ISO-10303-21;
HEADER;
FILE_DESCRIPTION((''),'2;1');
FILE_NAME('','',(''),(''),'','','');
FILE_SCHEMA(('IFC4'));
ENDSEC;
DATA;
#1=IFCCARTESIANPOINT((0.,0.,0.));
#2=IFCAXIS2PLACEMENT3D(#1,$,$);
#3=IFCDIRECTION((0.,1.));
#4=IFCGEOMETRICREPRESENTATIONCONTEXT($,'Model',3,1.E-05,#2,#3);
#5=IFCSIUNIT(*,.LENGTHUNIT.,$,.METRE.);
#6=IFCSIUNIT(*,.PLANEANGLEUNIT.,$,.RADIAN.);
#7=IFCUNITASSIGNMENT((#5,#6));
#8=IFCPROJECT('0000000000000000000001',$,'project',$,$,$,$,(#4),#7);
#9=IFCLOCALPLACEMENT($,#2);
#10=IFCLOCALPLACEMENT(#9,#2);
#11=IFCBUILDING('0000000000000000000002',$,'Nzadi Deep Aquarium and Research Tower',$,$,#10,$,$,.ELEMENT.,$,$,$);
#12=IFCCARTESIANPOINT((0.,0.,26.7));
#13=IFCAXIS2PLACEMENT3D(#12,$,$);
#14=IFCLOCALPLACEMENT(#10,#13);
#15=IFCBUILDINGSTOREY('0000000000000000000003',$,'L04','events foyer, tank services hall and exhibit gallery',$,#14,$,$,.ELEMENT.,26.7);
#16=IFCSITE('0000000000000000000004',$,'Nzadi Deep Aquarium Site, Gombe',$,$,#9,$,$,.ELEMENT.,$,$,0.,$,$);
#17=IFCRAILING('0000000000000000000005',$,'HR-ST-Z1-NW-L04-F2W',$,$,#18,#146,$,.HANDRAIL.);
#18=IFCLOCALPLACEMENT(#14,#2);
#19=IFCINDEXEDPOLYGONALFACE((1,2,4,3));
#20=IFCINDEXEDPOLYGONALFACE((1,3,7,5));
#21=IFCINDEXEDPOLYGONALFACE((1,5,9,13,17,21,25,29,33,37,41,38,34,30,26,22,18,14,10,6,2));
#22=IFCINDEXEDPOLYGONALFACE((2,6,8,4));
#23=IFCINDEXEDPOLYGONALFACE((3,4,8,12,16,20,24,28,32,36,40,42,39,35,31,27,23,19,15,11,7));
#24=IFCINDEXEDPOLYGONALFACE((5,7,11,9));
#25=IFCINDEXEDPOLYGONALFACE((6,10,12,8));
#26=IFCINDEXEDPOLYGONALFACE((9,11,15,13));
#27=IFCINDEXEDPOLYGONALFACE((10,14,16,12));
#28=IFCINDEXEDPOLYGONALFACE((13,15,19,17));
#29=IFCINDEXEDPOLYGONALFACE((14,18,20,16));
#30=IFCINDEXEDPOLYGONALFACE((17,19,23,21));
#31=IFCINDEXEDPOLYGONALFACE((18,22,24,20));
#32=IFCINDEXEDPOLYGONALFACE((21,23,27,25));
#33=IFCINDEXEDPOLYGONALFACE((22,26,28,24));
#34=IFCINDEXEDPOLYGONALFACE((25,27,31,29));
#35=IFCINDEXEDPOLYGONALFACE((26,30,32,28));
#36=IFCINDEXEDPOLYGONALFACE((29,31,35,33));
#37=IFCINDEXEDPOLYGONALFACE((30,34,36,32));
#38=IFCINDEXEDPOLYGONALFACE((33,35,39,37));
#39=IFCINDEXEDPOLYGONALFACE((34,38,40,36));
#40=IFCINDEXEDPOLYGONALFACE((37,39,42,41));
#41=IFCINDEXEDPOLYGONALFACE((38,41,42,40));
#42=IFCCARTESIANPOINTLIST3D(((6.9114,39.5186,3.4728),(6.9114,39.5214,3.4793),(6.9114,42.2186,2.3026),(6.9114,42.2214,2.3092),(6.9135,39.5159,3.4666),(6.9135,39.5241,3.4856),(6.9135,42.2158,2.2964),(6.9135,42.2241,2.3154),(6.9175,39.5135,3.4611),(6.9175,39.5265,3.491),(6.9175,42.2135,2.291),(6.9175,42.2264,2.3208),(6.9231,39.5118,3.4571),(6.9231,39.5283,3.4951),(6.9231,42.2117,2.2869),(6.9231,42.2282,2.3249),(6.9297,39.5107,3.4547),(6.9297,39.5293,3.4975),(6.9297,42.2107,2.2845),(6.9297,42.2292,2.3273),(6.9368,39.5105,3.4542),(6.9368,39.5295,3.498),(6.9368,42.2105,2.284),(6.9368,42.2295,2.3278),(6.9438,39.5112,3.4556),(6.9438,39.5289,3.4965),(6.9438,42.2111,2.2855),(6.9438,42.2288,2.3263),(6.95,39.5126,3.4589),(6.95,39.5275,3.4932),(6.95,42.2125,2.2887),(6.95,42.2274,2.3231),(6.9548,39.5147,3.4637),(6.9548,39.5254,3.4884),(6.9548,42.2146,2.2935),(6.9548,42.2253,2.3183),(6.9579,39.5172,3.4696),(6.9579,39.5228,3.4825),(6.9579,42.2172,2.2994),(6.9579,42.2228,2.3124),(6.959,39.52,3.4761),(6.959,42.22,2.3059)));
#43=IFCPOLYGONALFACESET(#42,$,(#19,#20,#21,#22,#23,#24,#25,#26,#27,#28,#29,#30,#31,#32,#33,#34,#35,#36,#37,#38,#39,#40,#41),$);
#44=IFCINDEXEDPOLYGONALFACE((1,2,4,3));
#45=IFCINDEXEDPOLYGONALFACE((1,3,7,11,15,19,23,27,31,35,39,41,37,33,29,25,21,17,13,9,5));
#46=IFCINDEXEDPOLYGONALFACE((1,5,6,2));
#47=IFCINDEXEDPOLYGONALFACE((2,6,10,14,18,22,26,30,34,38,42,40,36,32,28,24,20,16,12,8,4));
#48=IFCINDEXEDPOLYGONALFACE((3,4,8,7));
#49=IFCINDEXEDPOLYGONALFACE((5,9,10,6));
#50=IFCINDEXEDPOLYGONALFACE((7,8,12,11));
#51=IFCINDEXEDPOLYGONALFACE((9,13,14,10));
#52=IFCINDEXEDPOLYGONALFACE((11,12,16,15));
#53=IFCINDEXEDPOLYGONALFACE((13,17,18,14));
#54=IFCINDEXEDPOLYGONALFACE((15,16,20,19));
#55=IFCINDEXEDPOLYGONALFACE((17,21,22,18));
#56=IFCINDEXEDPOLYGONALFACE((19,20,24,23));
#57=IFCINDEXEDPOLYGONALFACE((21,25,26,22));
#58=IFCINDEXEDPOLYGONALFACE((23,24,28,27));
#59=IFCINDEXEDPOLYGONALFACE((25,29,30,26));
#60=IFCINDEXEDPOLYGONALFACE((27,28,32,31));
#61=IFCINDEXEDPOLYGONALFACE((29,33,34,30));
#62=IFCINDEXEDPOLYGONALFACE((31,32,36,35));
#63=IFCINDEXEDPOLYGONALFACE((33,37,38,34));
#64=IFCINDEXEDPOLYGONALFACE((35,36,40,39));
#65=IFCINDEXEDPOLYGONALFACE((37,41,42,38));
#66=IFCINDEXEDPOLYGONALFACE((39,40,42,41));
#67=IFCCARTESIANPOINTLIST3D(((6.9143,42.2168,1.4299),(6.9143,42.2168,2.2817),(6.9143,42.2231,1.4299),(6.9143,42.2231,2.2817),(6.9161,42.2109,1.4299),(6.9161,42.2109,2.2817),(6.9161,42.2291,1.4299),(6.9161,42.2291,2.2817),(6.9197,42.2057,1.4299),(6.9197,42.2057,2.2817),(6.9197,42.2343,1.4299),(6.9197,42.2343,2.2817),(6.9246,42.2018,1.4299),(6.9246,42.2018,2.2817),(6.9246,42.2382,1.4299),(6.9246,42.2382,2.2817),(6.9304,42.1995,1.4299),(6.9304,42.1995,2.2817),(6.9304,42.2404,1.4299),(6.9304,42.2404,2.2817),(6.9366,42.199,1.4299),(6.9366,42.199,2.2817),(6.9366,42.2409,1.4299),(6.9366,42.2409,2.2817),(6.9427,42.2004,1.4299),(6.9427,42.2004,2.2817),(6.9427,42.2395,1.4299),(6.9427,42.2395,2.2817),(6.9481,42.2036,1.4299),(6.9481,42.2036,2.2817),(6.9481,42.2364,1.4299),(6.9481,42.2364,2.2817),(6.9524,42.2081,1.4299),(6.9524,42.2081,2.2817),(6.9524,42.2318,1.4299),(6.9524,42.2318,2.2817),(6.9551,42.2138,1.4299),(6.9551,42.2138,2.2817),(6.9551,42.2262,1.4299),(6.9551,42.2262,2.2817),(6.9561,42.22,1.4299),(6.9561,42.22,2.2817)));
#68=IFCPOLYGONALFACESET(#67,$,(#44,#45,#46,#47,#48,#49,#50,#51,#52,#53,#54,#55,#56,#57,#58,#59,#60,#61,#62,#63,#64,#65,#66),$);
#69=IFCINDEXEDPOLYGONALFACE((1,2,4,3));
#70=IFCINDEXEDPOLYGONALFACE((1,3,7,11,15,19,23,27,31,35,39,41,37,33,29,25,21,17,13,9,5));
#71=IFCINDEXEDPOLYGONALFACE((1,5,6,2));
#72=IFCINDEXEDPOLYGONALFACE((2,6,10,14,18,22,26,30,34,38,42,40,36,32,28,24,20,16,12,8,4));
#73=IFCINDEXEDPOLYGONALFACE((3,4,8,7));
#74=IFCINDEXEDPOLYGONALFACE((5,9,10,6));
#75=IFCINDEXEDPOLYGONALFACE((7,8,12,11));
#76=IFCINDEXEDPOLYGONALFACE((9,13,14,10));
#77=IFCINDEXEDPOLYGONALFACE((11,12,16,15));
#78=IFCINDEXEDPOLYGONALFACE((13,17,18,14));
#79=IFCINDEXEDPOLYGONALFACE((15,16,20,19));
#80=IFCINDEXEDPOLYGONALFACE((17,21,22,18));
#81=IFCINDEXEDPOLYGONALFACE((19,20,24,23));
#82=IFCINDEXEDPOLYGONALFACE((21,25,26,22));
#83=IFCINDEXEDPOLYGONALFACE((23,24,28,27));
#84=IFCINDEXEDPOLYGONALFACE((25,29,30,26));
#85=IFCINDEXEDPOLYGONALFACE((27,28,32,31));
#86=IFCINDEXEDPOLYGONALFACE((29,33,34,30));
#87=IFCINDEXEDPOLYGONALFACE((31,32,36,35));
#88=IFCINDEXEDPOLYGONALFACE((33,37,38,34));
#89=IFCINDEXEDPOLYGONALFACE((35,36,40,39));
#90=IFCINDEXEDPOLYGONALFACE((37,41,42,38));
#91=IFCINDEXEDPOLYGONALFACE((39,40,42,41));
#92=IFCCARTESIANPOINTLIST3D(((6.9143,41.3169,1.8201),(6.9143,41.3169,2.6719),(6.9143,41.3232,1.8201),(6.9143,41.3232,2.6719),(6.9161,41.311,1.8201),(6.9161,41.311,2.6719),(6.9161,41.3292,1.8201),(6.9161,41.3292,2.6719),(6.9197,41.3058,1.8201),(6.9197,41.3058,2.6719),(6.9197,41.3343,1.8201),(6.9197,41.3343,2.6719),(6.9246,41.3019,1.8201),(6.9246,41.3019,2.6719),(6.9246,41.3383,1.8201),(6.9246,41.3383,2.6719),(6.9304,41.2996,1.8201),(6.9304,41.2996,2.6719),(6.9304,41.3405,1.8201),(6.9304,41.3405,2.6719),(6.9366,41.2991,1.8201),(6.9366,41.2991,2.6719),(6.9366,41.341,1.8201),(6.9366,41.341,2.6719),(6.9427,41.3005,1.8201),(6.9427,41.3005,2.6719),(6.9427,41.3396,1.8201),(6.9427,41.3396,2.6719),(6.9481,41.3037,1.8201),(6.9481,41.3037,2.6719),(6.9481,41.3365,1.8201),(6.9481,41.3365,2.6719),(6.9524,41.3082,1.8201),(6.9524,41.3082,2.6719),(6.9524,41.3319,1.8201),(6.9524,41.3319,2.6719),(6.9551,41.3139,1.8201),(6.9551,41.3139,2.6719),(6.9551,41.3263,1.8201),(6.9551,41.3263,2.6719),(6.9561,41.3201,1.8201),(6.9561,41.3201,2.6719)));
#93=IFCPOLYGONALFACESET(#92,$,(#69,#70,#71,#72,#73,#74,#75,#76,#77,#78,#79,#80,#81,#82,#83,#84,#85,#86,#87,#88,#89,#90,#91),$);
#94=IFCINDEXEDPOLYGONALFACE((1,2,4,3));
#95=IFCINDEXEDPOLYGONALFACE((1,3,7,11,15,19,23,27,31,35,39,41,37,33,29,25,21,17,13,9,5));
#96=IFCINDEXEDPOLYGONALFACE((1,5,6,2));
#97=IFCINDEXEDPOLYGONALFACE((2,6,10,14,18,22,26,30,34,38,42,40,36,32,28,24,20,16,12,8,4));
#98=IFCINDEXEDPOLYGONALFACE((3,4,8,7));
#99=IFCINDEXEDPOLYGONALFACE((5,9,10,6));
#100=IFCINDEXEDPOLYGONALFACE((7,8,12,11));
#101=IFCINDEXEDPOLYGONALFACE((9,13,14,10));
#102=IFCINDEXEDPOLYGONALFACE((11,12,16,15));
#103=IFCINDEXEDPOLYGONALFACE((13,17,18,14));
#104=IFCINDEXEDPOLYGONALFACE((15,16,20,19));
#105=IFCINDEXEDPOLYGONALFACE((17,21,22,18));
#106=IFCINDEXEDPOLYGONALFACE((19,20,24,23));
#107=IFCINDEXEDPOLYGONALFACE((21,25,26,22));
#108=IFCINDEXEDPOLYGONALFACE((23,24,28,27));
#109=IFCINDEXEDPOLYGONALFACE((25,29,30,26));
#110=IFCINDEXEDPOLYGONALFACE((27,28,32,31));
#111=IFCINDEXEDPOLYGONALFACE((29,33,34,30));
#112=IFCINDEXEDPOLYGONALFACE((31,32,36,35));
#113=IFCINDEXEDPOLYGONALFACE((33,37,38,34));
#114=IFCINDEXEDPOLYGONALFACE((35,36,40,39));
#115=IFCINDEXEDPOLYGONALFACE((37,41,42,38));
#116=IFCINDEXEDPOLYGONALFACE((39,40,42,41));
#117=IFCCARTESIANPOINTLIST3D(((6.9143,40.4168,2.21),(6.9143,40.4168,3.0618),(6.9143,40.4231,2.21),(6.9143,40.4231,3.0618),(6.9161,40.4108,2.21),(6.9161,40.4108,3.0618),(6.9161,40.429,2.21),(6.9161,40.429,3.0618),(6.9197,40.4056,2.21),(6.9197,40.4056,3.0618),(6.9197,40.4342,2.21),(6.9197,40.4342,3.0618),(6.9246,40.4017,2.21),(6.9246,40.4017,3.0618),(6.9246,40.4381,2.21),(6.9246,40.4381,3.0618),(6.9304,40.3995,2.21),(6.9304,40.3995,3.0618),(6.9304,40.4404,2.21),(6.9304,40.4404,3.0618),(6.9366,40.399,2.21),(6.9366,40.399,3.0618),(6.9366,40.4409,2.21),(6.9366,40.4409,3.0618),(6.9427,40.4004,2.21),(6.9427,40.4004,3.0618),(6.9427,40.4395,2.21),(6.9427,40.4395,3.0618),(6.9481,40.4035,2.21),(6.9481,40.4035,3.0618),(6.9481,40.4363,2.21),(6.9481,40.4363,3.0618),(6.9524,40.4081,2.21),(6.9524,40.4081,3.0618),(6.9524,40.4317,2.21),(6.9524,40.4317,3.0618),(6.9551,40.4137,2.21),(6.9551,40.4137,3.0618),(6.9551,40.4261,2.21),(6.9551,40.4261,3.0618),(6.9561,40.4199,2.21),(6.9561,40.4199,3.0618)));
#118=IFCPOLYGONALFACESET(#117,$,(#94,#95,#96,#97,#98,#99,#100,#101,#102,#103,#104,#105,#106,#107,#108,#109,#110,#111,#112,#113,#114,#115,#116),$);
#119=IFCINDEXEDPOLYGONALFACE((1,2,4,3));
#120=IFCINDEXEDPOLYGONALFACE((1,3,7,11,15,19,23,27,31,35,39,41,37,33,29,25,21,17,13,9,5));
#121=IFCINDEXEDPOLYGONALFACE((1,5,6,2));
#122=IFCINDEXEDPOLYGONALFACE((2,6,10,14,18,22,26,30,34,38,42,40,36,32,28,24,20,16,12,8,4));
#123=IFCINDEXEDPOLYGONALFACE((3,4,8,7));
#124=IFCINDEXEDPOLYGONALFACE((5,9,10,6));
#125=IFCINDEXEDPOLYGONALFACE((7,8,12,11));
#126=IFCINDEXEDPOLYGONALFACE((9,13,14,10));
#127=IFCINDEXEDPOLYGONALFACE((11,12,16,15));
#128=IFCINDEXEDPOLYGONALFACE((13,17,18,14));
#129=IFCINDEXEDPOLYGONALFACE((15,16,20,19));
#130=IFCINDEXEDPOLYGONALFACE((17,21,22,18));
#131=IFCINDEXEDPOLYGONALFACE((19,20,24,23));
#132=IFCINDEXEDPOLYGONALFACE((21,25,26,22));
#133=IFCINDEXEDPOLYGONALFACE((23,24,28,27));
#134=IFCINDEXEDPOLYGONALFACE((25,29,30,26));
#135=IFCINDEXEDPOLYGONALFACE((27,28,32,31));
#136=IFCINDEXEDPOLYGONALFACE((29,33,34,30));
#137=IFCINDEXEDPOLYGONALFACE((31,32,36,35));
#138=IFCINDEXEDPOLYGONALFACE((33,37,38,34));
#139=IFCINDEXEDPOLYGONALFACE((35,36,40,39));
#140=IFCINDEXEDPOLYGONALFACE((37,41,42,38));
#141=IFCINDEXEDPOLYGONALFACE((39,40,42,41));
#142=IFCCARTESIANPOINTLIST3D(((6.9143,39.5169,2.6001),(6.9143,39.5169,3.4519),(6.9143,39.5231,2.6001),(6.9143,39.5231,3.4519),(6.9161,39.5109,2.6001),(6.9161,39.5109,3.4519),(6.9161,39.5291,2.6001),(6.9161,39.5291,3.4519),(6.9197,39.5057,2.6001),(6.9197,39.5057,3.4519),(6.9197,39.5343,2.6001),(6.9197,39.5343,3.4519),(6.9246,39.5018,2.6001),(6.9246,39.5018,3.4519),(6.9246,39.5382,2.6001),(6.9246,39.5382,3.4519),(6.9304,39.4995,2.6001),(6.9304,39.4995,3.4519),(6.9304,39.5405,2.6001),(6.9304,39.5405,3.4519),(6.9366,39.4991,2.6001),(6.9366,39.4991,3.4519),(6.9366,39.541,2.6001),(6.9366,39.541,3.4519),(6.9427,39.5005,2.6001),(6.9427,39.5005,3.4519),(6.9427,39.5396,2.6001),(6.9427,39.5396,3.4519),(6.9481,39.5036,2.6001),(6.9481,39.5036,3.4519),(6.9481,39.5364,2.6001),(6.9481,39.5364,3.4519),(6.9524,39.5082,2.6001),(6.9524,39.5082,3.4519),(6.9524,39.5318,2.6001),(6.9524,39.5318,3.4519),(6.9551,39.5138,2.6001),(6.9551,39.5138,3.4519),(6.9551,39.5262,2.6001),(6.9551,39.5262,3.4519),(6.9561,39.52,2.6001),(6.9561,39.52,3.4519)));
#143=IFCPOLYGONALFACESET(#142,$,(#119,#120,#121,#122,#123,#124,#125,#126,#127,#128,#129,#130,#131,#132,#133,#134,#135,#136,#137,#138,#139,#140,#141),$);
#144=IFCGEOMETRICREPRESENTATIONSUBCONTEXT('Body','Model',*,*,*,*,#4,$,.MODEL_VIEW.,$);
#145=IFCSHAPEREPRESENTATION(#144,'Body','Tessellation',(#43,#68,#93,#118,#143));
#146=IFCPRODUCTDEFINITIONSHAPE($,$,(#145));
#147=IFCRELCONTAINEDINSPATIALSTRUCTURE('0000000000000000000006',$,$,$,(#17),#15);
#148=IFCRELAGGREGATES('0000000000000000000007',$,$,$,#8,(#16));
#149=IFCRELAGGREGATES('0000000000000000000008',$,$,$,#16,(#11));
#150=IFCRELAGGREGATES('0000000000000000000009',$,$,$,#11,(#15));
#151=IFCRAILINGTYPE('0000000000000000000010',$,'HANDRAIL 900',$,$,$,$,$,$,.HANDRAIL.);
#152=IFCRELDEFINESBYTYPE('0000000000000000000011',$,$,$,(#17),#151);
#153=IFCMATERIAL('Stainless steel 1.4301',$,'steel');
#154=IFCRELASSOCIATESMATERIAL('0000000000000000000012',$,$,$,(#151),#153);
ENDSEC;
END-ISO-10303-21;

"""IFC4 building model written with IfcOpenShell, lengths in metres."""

from ifc_helpers import new_model, si_unit, direction, frame, origin, origin_2d, place, context, subcontext, project, spatial, circle, extrude, material, type_object, element, save


model = new_model("IFC4")

# Units and contexts
model_context = context("Model", 3, precision=1e-05, world=origin(), true_north=direction((0.0, 1.0)))
body_context = subcontext(model_context, "Body", "Model", "MODEL_VIEW")
ifc_project = project(units=[si_unit("LENGTHUNIT", "METRE"), si_unit("PLANEANGLEUNIT", "RADIAN")], contexts=[model_context])

# Site, building, storey
site_placement = place(None, origin())
site = spatial("IfcSite", under=ifc_project, at=site_placement, Name="Nzadi Deep Aquarium Site, Gombe", CompositionType="ELEMENT", RefElevation=0.0)
building_placement = place(site_placement, origin())
building = spatial("IfcBuilding", under=site, at=building_placement, Name="Nzadi Deep Aquarium and Research Tower", CompositionType="ELEMENT")
storey_placement = place(building_placement, frame((0.0, 0.0, 26.7)))
storey = spatial("IfcBuildingStorey", under=building, at=storey_placement, Name="L04", Description="events foyer, tank services hall and exhibit gallery", CompositionType="ELEMENT", Elevation=26.7)

# Railing
ifc_material_1 = material(Name="Stainless steel 1.4301", Category="steel")
railing_type = type_object("IfcRailingType", Name="HANDRAIL 900", PredefinedType="HANDRAIL", material=ifc_material_1)
for number, where, name in (
    (1, (6.9351, 42.22, 1.4299), "HR-ST-Z1-NW-L04-F2W"),
):
    element("IfcRailing", number, at=place(storey_placement, frame(where)), inside=storey, type_object=railing_type, Name=name, PredefinedType="HANDRAIL", context=body_context, shape_type="SweptSolid", body=[
        extrude(circle(Radius=0.0239, at=origin_2d()), frame((0.0, 0.0, 0.876), z_axis=(0.0, -0.917532, 0.397661), x_axis=(1.0, 0.0, 0.0)), (0.0, 0.0, 1.0), 2.9426),
        extrude(circle(Radius=0.021, at=origin_2d()), origin(), (0.0, 0.0, 1.0), 0.8518),
        extrude(circle(Radius=0.021, at=origin_2d()), frame((0.0, -0.8999, 0.3901)), (0.0, 0.0, 1.0), 0.8518),
        extrude(circle(Radius=0.021, at=origin_2d()), frame((0.0, -1.8, 0.78)), (0.0, 0.0, 1.0), 0.8518),
        extrude(circle(Radius=0.021, at=origin_2d()), frame((0.0, -2.7, 1.1702)), (0.0, 0.0, 1.0), 0.8518),
    ])

save(model, "model.ifc")
